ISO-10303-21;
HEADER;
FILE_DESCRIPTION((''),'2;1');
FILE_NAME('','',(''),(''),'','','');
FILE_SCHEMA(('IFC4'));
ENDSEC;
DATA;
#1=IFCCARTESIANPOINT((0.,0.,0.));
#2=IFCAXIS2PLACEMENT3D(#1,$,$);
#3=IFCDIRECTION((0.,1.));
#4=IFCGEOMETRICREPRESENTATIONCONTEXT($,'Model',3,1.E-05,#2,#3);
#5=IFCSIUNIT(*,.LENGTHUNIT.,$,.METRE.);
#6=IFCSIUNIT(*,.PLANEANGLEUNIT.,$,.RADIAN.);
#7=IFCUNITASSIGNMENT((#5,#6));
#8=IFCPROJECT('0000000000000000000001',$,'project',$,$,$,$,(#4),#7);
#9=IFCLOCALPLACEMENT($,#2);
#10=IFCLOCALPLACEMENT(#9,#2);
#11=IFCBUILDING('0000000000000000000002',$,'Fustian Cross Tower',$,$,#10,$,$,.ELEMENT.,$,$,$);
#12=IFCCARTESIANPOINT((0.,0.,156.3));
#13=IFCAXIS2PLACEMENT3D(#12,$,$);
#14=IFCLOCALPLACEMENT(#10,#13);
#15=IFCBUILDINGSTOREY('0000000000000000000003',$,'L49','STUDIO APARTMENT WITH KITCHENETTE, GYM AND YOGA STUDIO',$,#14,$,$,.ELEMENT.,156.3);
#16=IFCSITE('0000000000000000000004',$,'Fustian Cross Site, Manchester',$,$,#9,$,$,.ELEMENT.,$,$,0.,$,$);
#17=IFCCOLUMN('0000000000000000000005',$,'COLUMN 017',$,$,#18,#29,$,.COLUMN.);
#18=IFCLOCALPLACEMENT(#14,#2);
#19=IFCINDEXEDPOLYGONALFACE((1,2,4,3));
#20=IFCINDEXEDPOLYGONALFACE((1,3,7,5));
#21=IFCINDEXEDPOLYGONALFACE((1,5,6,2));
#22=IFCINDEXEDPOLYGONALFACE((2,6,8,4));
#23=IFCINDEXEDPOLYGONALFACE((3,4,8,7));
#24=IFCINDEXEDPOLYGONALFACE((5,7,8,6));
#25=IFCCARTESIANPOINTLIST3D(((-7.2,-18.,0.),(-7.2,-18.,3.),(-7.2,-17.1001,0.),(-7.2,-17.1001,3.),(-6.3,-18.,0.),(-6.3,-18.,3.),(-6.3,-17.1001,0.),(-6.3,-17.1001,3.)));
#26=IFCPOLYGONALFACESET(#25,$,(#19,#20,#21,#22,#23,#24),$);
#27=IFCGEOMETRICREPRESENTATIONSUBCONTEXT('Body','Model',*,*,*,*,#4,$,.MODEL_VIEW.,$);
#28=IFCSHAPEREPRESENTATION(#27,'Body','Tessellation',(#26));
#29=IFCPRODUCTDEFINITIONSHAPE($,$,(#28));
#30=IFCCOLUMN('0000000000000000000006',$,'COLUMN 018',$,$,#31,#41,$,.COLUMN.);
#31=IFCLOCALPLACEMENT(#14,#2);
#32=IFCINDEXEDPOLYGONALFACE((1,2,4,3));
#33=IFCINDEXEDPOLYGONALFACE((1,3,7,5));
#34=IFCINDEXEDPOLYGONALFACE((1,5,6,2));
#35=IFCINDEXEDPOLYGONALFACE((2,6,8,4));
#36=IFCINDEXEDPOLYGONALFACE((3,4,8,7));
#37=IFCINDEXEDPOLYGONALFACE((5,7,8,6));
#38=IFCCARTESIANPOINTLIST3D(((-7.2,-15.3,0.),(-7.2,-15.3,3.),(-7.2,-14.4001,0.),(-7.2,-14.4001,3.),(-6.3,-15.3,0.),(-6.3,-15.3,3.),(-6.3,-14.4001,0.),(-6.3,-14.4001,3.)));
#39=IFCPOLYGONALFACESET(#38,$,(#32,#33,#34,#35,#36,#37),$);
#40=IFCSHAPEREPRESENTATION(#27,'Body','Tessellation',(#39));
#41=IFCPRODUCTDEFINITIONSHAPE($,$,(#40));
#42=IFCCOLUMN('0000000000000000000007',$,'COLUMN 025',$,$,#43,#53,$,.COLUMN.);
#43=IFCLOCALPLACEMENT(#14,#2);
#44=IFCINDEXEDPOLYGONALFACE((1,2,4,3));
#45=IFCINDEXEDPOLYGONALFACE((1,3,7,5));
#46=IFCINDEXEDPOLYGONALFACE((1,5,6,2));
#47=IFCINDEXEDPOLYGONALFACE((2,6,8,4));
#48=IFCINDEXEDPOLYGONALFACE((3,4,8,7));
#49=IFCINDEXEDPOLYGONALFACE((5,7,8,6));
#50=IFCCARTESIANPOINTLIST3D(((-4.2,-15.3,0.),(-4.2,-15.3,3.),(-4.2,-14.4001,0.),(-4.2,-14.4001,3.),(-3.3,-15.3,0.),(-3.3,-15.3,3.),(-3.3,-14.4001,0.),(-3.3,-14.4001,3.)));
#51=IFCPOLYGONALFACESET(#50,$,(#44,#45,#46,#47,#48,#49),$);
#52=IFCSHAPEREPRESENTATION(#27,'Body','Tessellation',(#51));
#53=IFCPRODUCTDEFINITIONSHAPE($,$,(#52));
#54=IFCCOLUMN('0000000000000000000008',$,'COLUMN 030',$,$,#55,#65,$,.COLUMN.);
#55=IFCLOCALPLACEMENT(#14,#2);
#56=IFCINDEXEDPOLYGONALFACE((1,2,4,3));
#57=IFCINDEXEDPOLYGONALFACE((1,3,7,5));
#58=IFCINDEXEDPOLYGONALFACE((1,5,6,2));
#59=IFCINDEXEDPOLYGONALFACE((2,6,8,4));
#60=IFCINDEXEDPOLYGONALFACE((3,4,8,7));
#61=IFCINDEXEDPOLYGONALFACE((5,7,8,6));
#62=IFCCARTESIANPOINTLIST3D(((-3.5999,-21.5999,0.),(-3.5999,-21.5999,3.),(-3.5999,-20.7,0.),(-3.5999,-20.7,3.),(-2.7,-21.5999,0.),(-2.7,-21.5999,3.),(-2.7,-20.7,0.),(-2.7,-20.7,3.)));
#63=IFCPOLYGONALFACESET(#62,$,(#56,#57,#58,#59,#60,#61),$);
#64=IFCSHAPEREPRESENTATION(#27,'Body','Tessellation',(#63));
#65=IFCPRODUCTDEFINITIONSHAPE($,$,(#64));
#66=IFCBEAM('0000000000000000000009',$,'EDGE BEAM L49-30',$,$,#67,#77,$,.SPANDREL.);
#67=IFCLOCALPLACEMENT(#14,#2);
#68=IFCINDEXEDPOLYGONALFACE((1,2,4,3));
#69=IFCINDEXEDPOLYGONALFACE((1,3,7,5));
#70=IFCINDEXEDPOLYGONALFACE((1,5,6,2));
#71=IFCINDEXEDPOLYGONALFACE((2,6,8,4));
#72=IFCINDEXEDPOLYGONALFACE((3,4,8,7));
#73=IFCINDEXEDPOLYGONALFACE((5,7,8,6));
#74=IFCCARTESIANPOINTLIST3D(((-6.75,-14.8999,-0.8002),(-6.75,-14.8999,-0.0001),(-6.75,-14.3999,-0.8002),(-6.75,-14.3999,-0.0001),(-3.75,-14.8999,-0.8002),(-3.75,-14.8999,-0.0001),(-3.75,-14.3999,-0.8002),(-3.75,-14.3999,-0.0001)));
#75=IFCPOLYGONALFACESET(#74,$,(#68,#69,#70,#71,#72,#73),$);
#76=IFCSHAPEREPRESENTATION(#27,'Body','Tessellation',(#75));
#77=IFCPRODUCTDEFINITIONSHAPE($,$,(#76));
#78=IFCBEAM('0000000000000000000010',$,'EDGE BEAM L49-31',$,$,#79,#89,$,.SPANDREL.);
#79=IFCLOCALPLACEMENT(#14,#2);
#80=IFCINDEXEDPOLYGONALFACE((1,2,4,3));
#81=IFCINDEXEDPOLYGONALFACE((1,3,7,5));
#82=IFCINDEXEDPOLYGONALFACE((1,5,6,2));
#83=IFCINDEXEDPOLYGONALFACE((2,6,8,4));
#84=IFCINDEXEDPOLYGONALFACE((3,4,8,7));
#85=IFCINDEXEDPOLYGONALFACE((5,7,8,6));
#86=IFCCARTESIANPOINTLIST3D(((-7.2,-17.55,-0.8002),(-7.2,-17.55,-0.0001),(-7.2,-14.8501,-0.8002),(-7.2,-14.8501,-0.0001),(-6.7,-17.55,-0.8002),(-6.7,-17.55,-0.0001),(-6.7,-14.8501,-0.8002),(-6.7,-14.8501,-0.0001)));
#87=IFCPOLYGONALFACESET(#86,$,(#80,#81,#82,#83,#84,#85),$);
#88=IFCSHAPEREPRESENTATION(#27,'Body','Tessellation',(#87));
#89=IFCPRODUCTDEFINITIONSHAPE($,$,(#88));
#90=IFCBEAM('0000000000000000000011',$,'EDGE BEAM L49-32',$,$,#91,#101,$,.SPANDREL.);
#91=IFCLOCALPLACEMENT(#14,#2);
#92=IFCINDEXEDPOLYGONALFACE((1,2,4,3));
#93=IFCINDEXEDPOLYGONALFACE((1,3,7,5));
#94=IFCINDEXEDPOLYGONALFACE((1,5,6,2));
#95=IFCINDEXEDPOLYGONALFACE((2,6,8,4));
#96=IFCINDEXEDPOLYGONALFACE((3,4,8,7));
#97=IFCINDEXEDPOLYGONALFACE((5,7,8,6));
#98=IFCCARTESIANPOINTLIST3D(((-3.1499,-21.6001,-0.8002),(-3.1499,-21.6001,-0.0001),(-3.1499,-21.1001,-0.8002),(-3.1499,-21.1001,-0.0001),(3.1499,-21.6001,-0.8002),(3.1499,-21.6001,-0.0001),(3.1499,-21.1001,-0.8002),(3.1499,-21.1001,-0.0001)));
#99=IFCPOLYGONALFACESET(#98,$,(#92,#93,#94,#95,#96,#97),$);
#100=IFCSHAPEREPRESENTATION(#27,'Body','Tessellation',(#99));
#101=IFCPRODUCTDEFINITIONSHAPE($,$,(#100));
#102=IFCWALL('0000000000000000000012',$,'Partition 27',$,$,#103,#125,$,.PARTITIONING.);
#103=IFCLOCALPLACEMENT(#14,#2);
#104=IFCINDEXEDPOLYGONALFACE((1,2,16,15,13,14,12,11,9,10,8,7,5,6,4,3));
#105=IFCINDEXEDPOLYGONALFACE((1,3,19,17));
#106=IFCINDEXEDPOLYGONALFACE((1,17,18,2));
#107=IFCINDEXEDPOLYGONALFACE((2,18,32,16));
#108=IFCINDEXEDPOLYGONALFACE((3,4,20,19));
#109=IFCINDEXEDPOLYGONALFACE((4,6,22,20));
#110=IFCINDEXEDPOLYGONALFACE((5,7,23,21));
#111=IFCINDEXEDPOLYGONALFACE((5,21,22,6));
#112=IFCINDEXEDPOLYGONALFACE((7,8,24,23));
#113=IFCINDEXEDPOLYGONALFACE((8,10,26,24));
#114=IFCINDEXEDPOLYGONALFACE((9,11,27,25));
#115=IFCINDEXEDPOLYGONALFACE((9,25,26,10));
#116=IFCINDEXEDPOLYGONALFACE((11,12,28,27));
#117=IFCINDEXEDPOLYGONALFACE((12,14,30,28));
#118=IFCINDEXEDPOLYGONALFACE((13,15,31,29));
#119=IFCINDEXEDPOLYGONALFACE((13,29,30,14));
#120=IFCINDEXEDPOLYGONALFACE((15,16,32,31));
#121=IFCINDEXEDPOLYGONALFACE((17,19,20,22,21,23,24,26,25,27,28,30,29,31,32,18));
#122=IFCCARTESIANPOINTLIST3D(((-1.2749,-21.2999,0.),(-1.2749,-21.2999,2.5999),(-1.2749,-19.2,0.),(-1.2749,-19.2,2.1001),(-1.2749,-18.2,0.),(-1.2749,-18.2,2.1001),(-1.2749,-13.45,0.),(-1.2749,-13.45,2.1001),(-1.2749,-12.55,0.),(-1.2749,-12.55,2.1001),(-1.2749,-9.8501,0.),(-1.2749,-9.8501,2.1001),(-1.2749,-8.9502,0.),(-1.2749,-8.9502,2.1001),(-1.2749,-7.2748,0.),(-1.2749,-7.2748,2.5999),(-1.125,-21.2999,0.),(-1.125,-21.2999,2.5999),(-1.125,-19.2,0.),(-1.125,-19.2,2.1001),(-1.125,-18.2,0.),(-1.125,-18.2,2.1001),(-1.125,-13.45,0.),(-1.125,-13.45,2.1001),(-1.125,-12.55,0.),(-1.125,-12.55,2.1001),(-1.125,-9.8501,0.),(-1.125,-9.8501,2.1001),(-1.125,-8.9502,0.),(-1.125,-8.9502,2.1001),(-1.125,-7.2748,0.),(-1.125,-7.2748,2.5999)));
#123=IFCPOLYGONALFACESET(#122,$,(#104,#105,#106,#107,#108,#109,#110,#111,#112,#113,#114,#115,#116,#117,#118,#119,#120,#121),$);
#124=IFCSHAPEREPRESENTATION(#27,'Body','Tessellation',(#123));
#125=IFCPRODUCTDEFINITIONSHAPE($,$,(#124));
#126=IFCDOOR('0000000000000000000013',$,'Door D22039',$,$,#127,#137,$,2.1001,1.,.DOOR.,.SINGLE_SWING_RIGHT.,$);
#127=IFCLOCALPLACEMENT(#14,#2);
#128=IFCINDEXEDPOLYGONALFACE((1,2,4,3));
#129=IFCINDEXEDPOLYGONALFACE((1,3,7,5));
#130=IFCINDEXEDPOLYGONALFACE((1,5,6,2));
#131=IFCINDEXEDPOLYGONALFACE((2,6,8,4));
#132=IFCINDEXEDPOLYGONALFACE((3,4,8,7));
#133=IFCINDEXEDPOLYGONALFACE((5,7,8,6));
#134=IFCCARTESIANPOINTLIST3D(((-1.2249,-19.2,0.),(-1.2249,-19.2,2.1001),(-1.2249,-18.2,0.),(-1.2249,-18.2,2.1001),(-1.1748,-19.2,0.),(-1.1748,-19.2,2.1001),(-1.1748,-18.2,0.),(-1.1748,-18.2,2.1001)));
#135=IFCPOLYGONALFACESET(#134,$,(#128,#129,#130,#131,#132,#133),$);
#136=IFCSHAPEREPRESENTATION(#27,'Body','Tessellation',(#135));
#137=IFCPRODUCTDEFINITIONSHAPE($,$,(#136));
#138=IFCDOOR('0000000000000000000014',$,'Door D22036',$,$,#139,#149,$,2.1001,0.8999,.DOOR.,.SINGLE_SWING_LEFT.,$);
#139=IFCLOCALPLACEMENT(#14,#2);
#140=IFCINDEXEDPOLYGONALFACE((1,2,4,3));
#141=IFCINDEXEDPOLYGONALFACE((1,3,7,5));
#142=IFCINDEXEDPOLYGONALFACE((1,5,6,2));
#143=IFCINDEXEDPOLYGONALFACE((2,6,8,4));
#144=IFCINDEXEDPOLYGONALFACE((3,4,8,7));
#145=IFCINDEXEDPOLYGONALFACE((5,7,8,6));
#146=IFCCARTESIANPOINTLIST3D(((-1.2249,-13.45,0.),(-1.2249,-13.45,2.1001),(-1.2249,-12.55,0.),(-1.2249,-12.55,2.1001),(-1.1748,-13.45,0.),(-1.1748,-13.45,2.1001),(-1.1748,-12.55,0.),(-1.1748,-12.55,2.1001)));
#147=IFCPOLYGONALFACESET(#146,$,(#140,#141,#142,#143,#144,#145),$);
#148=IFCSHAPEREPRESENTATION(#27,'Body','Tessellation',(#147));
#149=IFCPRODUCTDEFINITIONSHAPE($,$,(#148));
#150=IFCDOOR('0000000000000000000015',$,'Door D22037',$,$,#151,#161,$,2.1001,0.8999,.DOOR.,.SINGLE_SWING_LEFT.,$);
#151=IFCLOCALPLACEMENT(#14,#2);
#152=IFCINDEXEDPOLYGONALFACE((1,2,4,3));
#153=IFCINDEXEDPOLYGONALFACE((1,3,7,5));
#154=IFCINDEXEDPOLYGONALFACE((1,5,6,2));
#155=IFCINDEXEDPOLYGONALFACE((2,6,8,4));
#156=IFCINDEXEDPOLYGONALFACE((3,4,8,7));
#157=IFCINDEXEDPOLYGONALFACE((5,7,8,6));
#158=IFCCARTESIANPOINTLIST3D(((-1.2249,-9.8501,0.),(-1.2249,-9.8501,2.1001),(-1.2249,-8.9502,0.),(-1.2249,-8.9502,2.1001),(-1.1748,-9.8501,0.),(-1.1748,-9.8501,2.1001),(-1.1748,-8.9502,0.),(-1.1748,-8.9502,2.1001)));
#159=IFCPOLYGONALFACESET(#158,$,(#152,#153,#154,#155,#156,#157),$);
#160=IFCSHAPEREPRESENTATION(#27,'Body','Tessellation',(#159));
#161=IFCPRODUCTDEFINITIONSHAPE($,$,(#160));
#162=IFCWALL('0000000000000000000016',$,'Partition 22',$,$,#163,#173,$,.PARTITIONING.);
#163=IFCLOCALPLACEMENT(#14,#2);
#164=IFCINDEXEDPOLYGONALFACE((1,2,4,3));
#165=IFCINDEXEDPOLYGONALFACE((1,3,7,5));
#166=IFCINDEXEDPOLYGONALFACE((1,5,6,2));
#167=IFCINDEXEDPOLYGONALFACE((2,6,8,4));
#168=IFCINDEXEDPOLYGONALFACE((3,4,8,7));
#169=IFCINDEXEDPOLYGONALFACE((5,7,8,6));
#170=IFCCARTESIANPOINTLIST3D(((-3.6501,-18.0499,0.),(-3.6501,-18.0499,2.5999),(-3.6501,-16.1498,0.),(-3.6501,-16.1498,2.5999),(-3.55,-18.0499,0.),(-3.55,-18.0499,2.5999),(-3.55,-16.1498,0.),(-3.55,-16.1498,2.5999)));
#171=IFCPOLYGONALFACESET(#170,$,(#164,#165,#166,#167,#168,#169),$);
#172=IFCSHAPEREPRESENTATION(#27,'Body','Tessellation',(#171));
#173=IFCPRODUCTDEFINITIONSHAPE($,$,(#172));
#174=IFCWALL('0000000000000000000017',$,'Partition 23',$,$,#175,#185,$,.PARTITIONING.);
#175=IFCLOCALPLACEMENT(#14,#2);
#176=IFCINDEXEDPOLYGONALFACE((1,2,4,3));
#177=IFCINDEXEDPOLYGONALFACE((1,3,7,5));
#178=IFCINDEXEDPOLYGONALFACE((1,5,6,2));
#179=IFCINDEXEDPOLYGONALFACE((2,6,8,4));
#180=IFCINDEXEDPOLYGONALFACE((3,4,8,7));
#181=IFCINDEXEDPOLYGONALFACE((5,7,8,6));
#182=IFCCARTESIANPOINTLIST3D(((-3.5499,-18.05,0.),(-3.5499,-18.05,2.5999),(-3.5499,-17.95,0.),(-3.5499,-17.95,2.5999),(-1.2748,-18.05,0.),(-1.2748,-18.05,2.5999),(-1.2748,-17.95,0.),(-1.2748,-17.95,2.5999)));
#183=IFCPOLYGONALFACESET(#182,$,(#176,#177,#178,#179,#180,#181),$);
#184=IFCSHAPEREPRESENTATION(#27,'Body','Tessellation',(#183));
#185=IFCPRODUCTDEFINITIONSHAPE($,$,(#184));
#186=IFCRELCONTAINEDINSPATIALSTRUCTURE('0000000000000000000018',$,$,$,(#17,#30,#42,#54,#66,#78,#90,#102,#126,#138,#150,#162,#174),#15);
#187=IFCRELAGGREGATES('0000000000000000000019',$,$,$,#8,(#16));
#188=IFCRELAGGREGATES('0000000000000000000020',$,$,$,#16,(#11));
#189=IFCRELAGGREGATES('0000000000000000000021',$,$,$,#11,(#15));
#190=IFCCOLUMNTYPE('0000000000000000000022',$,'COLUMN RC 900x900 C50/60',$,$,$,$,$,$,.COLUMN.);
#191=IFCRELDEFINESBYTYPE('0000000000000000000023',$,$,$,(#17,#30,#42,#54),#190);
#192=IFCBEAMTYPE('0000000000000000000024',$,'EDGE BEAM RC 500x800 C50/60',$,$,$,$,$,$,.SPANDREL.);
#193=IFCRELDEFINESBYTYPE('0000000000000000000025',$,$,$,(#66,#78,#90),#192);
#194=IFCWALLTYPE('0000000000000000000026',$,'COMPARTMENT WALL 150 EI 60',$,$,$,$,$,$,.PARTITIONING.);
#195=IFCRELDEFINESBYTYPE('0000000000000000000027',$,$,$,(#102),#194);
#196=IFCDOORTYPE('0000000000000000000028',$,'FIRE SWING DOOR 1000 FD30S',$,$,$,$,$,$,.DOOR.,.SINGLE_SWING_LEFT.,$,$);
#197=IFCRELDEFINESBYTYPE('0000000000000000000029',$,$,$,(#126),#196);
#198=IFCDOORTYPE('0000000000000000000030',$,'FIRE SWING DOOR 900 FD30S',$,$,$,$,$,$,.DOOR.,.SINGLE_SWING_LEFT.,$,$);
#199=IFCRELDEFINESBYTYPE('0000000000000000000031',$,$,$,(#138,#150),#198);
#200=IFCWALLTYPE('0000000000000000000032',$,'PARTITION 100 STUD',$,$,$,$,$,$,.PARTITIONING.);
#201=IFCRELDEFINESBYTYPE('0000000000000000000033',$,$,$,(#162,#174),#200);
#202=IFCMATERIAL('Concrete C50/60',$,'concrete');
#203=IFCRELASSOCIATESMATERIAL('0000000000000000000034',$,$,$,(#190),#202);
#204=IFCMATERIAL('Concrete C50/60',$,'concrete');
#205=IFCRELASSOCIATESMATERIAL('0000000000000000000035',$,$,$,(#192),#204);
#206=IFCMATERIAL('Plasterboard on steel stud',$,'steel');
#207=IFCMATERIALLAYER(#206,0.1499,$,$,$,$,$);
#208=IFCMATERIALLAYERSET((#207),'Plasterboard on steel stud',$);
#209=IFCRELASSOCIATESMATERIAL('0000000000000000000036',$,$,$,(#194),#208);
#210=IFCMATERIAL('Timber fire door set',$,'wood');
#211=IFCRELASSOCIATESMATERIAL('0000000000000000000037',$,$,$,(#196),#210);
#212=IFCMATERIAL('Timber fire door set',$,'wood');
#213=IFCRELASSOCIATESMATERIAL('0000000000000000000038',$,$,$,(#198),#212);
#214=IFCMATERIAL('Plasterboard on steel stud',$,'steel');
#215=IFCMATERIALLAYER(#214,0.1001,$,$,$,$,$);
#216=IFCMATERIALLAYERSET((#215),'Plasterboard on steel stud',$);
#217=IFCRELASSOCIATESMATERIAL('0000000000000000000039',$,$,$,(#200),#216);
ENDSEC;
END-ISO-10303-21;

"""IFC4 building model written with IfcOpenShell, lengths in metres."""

from ifc_helpers import new_model, si_unit, direction, frame, frame_2d, origin, origin_2d, place, context, subcontext, project, spatial, rectangle, extrude, material, layer, layer_set, material_profile, profile_set, type_object, element, fill, save


model = new_model("IFC4")

# Units and contexts
model_context = context("Model", 3, precision=1e-05, world=origin(), true_north=direction((0.0, 1.0)))
body_context = subcontext(model_context, "Body", "Model", "MODEL_VIEW")
ifc_project = project(units=[si_unit("LENGTHUNIT", "METRE"), si_unit("PLANEANGLEUNIT", "RADIAN")], contexts=[model_context])

# Site, building, storey
site_placement = place(None, origin())
site = spatial("IfcSite", under=ifc_project, at=site_placement, Name="Fustian Cross Site, Manchester", CompositionType="ELEMENT", RefElevation=0.0)
building_placement = place(site_placement, origin())
building = spatial("IfcBuilding", under=site, at=building_placement, Name="Fustian Cross Tower", CompositionType="ELEMENT")
storey_placement = place(building_placement, frame((0.0, 0.0, 156.3)))
storey = spatial("IfcBuildingStorey", under=building, at=storey_placement, Name="L49", Description="STUDIO APARTMENT WITH KITCHENETTE, GYM AND YOGA STUDIO", CompositionType="ELEMENT", Elevation=156.3)

# Columns
ifc_material_1 = material(Name="Concrete C50/60", Category="concrete")
ifc_material_profile_1 = material_profile(ifc_material_1, rectangle(XDim=0.8999, YDim=0.8999, at=origin_2d()), Name="RC 900x900")
ifc_profile_set_1 = profile_set([ifc_material_profile_1], Name="Concrete C50/60")
column_type = type_object("IfcColumnType", Name="COLUMN RC 900x900 C50/60", PredefinedType="COLUMN", material=ifc_profile_set_1)
for number, where, z_axis, x_axis, name in (
    (1, (-6.75, -17.55, 0.0), (0.0, 0.0, 1.0), (1.0, 0.0, 0.0), "COLUMN 017"),
    (2, (-6.75, -14.8501, 0.0), (0.0, 0.0, 1.0), (1.0, 0.0, 0.0), "COLUMN 018"),
    (3, (-3.75, -14.8501, 0.0), (0.0, 0.0, 1.0), (1.0, 0.0, 0.0), "COLUMN 025"),
    (4, (-3.1499, -21.1499, 0.0), (0.0, 0.0, 1.0), (1.0, 0.0, 0.0), "COLUMN 030"),
):
    element("IfcColumn", number, at=place(storey_placement, frame(where, z_axis=z_axis, x_axis=x_axis)), inside=storey, type_object=column_type, Name=name, PredefinedType="COLUMN", context=body_context, shape_type="SweptSolid", body=[
        extrude(rectangle(XDim=0.8999, YDim=0.8999, at=origin_2d()), origin(), (0.0, 0.0, 1.0), 3.0),
    ])

# Beams
ifc_material_2 = material(Name="Concrete C50/60", Category="concrete")
ifc_material_profile_2 = material_profile(ifc_material_2, rectangle(XDim=0.5, YDim=0.8, at=origin_2d()), Name="RC 500x800")
ifc_profile_set_2 = profile_set([ifc_material_profile_2], Name="Concrete C50/60")
beam_type = type_object("IfcBeamType", Name="EDGE BEAM RC 500x800 C50/60", PredefinedType="SPANDREL", material=ifc_profile_set_2)
beam_1_placement = place(storey_placement, frame((-3.75, -14.6499, -0.4001), z_axis=(-1.0, 0.0, 0.0), x_axis=(0.0, -1.0, 0.0)))
element("IfcBeam", 5, at=beam_1_placement, inside=storey, type_object=beam_type, Name="EDGE BEAM L49-30", PredefinedType="SPANDREL", context=body_context, shape_type="SweptSolid", body=[
    extrude(rectangle(XDim=0.5, YDim=0.8, at=origin_2d()), origin(), (0.0, 0.0, 1.0), 3.0),
])
beam_2_placement = place(storey_placement, frame((-6.95, -14.8501, -0.4001), z_axis=(0.0, -1.0, 0.0), x_axis=(1.0, 0.0, 0.0)))
element("IfcBeam", 6, at=beam_2_placement, inside=storey, type_object=beam_type, Name="EDGE BEAM L49-31", PredefinedType="SPANDREL", context=body_context, shape_type="SweptSolid", body=[
    extrude(rectangle(XDim=0.5, YDim=0.8, at=origin_2d()), origin(), (0.0, 0.0, 1.0), 2.7),
])
beam_3_placement = place(storey_placement, frame((-3.1499, -21.3501, -0.4001), z_axis=(1.0, 0.0, 0.0), x_axis=(0.0, 1.0, 0.0)))
element("IfcBeam", 7, at=beam_3_placement, inside=storey, type_object=beam_type, Name="EDGE BEAM L49-32", PredefinedType="SPANDREL", context=body_context, shape_type="SweptSolid", body=[
    extrude(rectangle(XDim=0.5, YDim=0.8, at=origin_2d()), origin(), (0.0, 0.0, 1.0), 6.2998),
])

# Wall, openings, doors
ifc_material_3 = material(Name="Plasterboard on steel stud", Category="steel")
ifc_layer_1 = layer(ifc_material_3, 0.1499)
ifc_layer_set_1 = layer_set([ifc_layer_1], Name="Plasterboard on steel stud")
wall_type_1 = type_object("IfcWallType", Name="COMPARTMENT WALL 150 EI 60", PredefinedType="PARTITIONING", material=ifc_layer_set_1)
wall_1_placement = place(storey_placement, frame((-1.2, -21.3, 0.0), z_axis=(0.0, 0.0, 1.0), x_axis=(0.0, 1.0, 0.0)))
wall_1 = element("IfcWall", 8, at=wall_1_placement, inside=storey, type_object=wall_type_1, Name="Partition 27", PredefinedType="PARTITIONING", context=body_context, shape_type="SweptSolid", body=[
    extrude(rectangle(XDim=14.0251, YDim=0.1499, at=frame_2d((7.0127, 0.0))), origin(), (0.0, 0.0, 1.0), 2.5999),
])
opening_1_placement = place(wall_1_placement, frame((7.8501, 0.0, 0.0)))
opening_1 = element("IfcOpeningElement", 9, at=opening_1_placement, cuts=wall_1, PredefinedType="OPENING", context=body_context, shape_type="SweptSolid", body=[
    extrude(rectangle(XDim=0.8999, YDim=2.1001, at=frame_2d((0.45, 1.05))), frame((0.0, 0.085, 0.0), z_axis=(0.0, -1.0, 0.0), x_axis=(1.0, 0.0, 0.0)), (0.0, 0.0, 1.0), 0.1699),
])
opening_2_placement = place(wall_1_placement, frame((11.45, 0.0, 0.0)))
opening_2 = element("IfcOpeningElement", 10, at=opening_2_placement, cuts=wall_1, PredefinedType="OPENING", context=body_context, shape_type="SweptSolid", body=[
    extrude(rectangle(XDim=0.8999, YDim=2.1001, at=frame_2d((0.45, 1.05))), frame((0.0, 0.085, 0.0), z_axis=(0.0, -1.0, 0.0), x_axis=(1.0, 0.0, 0.0)), (0.0, 0.0, 1.0), 0.1699),
])
opening_3_placement = place(wall_1_placement, frame((2.1001, 0.0, 0.0)))
opening_3 = element("IfcOpeningElement", 11, at=opening_3_placement, cuts=wall_1, PredefinedType="OPENING", context=body_context, shape_type="SweptSolid", body=[
    extrude(rectangle(XDim=1.0, YDim=2.1001, at=frame_2d((0.5, 1.05))), frame((0.0, 0.085, 0.0), z_axis=(0.0, -1.0, 0.0), x_axis=(1.0, 0.0, 0.0)), (0.0, 0.0, 1.0), 0.1699),
])
ifc_material_4 = material(Name="Timber fire door set", Category="wood")
door_type_1 = type_object("IfcDoorType", Name="FIRE SWING DOOR 1000 FD30S", OperationType="SINGLE_SWING_LEFT", PredefinedType="DOOR", material=ifc_material_4)
door_1_placement = place(opening_3_placement, origin())
door_1 = element("IfcDoor", 12, at=door_1_placement, inside=storey, type_object=door_type_1, Name="Door D22039", OperationType="SINGLE_SWING_RIGHT", OverallHeight=2.1001, OverallWidth=1.0, PredefinedType="DOOR", context=body_context, shape_type="SweptSolid", body=[
    extrude(rectangle(XDim=1.0, YDim=2.1001, at=frame_2d((0.5, 1.05))), frame((0.0, 0.0249, 0.0), z_axis=(0.0, -1.0, 0.0), x_axis=(1.0, 0.0, 0.0)), (0.0, 0.0, 1.0), 0.05),
])
fill(opening_3, door_1)
ifc_material_5 = material(Name="Timber fire door set", Category="wood")
door_type_2 = type_object("IfcDoorType", Name="FIRE SWING DOOR 900 FD30S", OperationType="SINGLE_SWING_LEFT", PredefinedType="DOOR", material=ifc_material_5)
door_2_placement = place(opening_1_placement, origin())
door_2 = element("IfcDoor", 13, at=door_2_placement, inside=storey, type_object=door_type_2, Name="Door D22036", OperationType="SINGLE_SWING_LEFT", OverallHeight=2.1001, OverallWidth=0.8999, PredefinedType="DOOR", context=body_context, shape_type="SweptSolid", body=[
    extrude(rectangle(XDim=0.8999, YDim=2.1001, at=frame_2d((0.45, 1.05))), frame((0.0, 0.0249, 0.0), z_axis=(0.0, -1.0, 0.0), x_axis=(1.0, 0.0, 0.0)), (0.0, 0.0, 1.0), 0.05),
])
fill(opening_1, door_2)
door_3_placement = place(opening_2_placement, origin())
door_3 = element("IfcDoor", 14, at=door_3_placement, inside=storey, type_object=door_type_2, Name="Door D22037", OperationType="SINGLE_SWING_LEFT", OverallHeight=2.1001, OverallWidth=0.8999, PredefinedType="DOOR", context=body_context, shape_type="SweptSolid", body=[
    extrude(rectangle(XDim=0.8999, YDim=2.1001, at=frame_2d((0.45, 1.05))), frame((0.0, 0.0249, 0.0), z_axis=(0.0, -1.0, 0.0), x_axis=(1.0, 0.0, 0.0)), (0.0, 0.0, 1.0), 0.05),
])
fill(opening_2, door_3)

# Walls
ifc_material_6 = material(Name="Plasterboard on steel stud", Category="steel")
ifc_layer_2 = layer(ifc_material_6, 0.1001)
ifc_layer_set_2 = layer_set([ifc_layer_2], Name="Plasterboard on steel stud")
wall_type_2 = type_object("IfcWallType", Name="PARTITION 100 STUD", PredefinedType="PARTITIONING", material=ifc_layer_set_2)
wall_2_placement = place(storey_placement, frame((-3.6001, -18.05, 0.0), z_axis=(0.0, 0.0, 1.0), x_axis=(0.0, 1.0, 0.0)))
element("IfcWall", 15, at=wall_2_placement, inside=storey, type_object=wall_type_2, Name="Partition 22", PredefinedType="PARTITIONING", context=body_context, shape_type="SweptSolid", body=[
    extrude(rectangle(XDim=1.9001, YDim=0.1001, at=frame_2d((0.9502, 0.0))), origin(), (0.0, 0.0, 1.0), 2.5999),
])
wall_3_placement = place(storey_placement, frame((-3.55, -18.0, 0.0), z_axis=(0.0, 0.0, 1.0), x_axis=(1.0, 0.0, 0.0)))
element("IfcWall", 16, at=wall_3_placement, inside=storey, type_object=wall_type_2, Name="Partition 23", PredefinedType="PARTITIONING", context=body_context, shape_type="SweptSolid", body=[
    extrude(rectangle(XDim=2.2751, YDim=0.1001, at=frame_2d((1.1377, 0.0))), origin(), (0.0, 0.0, 1.0), 2.5999),
])

save(model, "model.ifc")
